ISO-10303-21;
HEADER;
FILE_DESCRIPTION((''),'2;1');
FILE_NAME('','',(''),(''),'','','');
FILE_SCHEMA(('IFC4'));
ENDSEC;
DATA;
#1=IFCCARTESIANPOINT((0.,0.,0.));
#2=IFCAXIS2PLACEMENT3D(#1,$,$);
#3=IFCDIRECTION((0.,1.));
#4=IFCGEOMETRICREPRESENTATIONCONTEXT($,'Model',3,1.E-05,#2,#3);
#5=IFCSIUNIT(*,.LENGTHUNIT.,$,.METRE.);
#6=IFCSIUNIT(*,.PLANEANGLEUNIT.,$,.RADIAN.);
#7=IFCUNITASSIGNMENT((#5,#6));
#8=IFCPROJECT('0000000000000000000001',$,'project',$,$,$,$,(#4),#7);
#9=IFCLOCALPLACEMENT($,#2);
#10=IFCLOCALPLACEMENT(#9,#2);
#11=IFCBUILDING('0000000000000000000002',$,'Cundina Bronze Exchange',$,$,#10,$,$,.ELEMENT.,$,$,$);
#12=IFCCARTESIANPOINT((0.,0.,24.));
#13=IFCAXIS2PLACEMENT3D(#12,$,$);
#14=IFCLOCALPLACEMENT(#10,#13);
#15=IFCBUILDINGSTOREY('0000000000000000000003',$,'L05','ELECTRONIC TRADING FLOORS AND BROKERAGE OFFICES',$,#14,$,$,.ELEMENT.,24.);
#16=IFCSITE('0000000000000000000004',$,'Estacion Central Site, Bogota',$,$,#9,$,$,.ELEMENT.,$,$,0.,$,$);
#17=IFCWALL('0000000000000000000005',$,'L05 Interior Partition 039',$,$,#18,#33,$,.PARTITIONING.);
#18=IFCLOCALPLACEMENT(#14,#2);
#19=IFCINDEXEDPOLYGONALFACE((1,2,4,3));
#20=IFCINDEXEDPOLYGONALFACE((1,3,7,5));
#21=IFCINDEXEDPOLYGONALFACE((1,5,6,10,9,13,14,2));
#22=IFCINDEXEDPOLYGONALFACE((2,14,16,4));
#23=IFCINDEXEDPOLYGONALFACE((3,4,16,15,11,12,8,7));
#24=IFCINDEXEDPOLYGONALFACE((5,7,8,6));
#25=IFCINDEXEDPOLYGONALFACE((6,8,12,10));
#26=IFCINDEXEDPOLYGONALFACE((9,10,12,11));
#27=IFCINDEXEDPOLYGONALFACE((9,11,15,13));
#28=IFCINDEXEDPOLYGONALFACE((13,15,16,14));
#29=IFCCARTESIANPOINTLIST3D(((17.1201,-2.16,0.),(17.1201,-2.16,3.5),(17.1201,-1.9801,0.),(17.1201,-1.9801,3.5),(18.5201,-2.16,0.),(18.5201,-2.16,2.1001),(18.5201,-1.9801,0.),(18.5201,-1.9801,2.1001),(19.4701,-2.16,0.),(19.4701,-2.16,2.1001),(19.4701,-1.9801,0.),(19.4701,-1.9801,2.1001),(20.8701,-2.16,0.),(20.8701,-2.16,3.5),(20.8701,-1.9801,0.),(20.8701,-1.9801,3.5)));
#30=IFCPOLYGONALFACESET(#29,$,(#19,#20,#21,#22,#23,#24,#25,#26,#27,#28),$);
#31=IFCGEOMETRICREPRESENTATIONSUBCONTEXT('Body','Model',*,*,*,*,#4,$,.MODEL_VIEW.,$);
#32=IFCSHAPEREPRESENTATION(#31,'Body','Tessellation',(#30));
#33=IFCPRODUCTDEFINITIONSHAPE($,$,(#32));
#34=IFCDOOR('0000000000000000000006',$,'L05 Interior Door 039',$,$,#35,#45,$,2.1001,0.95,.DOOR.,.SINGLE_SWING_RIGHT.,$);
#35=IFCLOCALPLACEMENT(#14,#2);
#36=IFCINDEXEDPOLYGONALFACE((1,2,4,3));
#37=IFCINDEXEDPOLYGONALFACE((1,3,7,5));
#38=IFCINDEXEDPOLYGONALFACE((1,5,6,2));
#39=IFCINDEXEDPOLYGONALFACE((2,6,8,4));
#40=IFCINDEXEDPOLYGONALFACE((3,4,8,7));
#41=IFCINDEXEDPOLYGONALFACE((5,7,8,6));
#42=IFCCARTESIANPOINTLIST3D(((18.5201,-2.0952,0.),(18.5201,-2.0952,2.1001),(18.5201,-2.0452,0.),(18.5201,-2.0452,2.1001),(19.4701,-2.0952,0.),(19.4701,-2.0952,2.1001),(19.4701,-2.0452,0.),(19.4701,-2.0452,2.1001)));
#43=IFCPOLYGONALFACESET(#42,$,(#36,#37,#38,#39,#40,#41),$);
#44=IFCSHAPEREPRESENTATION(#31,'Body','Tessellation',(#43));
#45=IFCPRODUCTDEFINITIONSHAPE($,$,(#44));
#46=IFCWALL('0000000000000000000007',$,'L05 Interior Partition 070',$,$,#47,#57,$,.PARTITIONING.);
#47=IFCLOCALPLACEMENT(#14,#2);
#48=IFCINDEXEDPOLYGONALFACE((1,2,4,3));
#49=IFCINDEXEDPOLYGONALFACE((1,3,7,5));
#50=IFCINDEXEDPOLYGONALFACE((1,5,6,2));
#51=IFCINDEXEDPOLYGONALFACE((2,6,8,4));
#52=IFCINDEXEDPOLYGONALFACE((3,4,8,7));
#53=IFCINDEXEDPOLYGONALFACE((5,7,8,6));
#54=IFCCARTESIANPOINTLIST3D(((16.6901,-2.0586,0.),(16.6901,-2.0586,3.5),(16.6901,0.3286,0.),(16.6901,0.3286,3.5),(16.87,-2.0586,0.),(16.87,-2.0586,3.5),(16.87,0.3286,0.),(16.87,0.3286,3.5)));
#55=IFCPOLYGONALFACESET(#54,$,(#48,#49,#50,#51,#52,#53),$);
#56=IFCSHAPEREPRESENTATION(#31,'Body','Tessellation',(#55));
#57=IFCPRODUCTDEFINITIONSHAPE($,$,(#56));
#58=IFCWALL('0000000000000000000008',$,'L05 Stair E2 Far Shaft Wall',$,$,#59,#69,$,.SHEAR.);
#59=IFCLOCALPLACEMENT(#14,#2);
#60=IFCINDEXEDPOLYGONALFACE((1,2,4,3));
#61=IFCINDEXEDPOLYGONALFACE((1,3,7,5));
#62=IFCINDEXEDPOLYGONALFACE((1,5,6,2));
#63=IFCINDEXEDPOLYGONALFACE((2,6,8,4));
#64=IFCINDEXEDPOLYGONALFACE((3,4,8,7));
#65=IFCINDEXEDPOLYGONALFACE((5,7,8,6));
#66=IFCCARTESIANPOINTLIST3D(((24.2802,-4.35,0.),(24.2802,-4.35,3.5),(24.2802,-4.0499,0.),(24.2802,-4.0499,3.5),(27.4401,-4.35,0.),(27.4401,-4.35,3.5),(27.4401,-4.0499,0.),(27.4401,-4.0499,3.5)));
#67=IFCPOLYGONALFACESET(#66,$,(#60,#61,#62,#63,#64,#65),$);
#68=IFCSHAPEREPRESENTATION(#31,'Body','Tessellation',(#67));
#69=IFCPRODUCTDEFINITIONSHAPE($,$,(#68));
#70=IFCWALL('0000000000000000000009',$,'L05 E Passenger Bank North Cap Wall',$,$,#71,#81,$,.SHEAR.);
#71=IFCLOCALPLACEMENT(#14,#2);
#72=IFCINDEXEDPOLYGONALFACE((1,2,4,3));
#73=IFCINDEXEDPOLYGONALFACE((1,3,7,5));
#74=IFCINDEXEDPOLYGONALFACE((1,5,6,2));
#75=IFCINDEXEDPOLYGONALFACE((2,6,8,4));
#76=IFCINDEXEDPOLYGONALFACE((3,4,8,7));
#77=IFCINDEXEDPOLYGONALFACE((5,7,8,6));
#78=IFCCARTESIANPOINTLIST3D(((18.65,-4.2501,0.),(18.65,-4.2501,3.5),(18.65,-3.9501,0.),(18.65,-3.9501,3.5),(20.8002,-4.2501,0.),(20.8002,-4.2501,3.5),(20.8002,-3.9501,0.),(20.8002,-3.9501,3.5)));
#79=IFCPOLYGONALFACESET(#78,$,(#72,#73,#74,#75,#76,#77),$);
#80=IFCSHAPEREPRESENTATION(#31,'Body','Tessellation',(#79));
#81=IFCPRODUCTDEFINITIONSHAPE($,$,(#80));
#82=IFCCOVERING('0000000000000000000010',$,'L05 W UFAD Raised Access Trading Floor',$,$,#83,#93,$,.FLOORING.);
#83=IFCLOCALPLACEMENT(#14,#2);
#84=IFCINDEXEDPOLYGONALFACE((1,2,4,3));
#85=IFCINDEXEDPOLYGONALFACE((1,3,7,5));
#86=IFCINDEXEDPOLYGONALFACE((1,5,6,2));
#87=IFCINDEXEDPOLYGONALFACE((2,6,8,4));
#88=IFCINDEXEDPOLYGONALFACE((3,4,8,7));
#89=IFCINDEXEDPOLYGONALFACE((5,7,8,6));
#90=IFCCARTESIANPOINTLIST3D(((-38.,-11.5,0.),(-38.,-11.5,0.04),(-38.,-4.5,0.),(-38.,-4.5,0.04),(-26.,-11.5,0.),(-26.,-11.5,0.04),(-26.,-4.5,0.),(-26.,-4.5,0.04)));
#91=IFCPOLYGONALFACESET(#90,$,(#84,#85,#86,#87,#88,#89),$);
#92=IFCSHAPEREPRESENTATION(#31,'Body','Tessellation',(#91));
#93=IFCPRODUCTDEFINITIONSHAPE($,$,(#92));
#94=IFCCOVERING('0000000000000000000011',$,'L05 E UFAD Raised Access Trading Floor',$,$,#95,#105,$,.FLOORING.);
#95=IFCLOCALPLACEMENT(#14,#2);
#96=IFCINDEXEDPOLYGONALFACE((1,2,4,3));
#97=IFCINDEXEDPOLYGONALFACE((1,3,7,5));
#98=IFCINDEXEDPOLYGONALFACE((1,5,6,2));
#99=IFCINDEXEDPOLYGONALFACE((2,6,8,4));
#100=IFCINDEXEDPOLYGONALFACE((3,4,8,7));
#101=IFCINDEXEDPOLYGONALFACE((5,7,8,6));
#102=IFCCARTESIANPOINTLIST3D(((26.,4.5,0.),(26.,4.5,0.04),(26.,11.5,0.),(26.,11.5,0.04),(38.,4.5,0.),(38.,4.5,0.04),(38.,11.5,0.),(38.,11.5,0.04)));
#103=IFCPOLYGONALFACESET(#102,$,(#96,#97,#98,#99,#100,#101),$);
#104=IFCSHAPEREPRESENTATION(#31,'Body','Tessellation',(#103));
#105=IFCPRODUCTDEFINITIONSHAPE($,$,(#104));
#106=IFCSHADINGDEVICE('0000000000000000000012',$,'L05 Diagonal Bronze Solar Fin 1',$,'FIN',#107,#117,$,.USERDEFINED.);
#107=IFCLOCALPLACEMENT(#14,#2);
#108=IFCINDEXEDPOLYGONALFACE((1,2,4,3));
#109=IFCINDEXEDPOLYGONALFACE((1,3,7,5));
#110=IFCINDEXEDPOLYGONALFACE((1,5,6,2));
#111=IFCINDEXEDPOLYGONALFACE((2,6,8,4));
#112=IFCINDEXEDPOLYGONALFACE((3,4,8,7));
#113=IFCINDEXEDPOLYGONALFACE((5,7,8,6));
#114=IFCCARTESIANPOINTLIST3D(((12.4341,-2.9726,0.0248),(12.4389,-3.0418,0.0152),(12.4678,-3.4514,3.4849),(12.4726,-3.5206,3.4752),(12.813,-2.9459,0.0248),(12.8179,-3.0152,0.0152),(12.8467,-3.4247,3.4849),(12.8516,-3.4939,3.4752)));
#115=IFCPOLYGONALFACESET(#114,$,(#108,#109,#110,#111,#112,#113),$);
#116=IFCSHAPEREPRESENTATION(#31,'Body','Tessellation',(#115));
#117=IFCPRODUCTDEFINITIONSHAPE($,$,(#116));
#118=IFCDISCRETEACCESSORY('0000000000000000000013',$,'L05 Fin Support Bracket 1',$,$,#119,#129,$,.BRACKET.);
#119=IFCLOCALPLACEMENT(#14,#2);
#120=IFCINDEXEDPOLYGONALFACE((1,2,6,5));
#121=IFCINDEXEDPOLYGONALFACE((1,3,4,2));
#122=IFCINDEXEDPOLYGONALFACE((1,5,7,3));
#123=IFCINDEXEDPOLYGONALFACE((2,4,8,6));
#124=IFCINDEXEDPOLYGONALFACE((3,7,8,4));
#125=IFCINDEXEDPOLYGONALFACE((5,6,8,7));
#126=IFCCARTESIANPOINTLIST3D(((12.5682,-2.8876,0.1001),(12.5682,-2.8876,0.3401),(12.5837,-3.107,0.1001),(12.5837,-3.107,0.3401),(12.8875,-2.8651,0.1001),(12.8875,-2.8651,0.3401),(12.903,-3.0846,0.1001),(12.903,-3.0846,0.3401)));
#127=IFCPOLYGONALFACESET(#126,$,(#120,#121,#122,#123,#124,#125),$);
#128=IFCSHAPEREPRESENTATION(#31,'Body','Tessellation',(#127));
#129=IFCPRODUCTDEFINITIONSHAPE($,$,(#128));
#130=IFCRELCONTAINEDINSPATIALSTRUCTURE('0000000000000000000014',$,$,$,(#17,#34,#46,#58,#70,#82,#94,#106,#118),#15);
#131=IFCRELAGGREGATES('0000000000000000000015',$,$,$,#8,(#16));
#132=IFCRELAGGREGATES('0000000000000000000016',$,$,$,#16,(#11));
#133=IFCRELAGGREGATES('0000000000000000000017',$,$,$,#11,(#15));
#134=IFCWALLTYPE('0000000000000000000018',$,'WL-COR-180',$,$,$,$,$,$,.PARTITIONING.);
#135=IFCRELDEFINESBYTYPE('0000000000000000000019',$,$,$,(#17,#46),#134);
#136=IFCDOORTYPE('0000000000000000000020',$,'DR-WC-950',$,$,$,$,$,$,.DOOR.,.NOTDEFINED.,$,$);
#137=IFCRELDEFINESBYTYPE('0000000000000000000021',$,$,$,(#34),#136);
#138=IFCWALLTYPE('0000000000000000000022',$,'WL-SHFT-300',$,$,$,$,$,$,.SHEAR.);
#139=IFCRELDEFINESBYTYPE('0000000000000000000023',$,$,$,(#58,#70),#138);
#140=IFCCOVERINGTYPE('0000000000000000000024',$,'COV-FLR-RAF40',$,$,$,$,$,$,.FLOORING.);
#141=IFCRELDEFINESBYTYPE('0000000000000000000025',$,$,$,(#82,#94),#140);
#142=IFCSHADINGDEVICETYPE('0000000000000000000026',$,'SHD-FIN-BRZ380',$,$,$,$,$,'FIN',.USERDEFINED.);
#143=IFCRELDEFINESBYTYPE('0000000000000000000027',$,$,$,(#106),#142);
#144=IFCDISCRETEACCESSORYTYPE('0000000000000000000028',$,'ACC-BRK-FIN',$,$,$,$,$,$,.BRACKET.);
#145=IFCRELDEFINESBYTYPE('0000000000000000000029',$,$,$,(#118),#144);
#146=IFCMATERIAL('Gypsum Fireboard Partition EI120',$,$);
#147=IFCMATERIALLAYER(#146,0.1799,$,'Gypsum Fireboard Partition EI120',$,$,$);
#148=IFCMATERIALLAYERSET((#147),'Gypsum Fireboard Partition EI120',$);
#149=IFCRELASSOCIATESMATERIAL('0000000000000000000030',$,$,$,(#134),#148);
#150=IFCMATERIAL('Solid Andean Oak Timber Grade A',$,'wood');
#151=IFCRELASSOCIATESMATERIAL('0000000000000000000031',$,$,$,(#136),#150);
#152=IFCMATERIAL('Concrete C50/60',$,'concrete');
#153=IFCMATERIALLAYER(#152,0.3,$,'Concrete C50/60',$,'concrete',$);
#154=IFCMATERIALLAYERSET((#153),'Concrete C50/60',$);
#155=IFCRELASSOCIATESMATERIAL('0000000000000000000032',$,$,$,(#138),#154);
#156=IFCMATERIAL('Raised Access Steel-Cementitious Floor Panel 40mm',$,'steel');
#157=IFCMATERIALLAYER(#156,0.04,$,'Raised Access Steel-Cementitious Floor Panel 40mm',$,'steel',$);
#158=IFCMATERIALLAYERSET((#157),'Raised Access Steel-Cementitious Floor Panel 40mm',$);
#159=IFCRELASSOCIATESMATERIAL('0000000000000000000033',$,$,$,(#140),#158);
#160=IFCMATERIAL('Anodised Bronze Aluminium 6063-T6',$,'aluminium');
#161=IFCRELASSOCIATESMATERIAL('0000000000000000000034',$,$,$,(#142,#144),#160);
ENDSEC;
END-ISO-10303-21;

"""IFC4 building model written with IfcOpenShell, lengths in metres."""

from ifc_helpers import new_model, si_unit, direction, frame, frame_2d, origin, origin_2d, place, context, subcontext, project, spatial, polyline, rectangle, outline, extrude, material, layer, layer_set, material_profile, profile_set, type_object, element, fill, save


model = new_model("IFC4")

# Units and contexts
model_context = context("Model", 3, precision=1e-05, world=origin(), true_north=direction((0.0, 1.0)))
body_context = subcontext(model_context, "Body", "Model", "MODEL_VIEW")
ifc_project = project(units=[si_unit("LENGTHUNIT", "METRE"), si_unit("PLANEANGLEUNIT", "RADIAN")], contexts=[model_context])

# Site, building, storey
site_placement = place(None, origin())
site = spatial("IfcSite", under=ifc_project, at=site_placement, Name="Estacion Central Site, Bogota", CompositionType="ELEMENT", RefElevation=0.0)
building_placement = place(site_placement, origin())
building = spatial("IfcBuilding", under=site, at=building_placement, Name="Cundina Bronze Exchange", CompositionType="ELEMENT")
storey_placement = place(building_placement, frame((0.0, 0.0, 24.0)))
storey = spatial("IfcBuildingStorey", under=building, at=storey_placement, Name="L05", Description="ELECTRONIC TRADING FLOORS AND BROKERAGE OFFICES", CompositionType="ELEMENT", Elevation=24.0)

# Shared definitions
ifc_material_1 = material(Name="Anodised Bronze Aluminium 6063-T6", Category="aluminium")

# Shared definitions
ifc_material_2 = material(Name="Gypsum Fireboard Partition EI120")
ifc_layer_1 = layer(ifc_material_2, 0.1799, Name="Gypsum Fireboard Partition EI120")
ifc_layer_set_1 = layer_set([ifc_layer_1], Name="Gypsum Fireboard Partition EI120")
wall_type_1 = type_object("IfcWallType", Name="WL-COR-180", PredefinedType="PARTITIONING", material=ifc_layer_set_1)

# Wall, opening, door
wall_1_placement = place(storey_placement, frame((17.1201, -2.0701, 0.0), z_axis=(0.0, 0.0, 1.0), x_axis=(1.0, 0.0, 0.0)))
wall_1 = element("IfcWall", 1, at=wall_1_placement, inside=storey, type_object=wall_type_1, Name="L05 Interior Partition 039", PredefinedType="PARTITIONING", context=body_context, shape_type="SweptSolid", body=[
    extrude(rectangle(XDim=3.75, YDim=0.1799, at=frame_2d((1.875, 0.0))), origin(), (0.0, 0.0, 1.0), 3.5),
])
opening_1_placement = place(wall_1_placement, frame((1.3999, 0.0, 0.0)))
opening_1 = element("IfcOpeningElement", 2, at=opening_1_placement, cuts=wall_1, PredefinedType="OPENING", context=body_context, shape_type="SweptSolid", body=[
    extrude(rectangle(XDim=0.95, YDim=2.1001, at=frame_2d((0.4751, 1.05))), frame((0.0, 0.0999, 0.0), z_axis=(0.0, -1.0, 0.0), x_axis=(1.0, 0.0, 0.0)), (0.0, 0.0, 1.0), 0.2),
])
ifc_material_3 = material(Name="Solid Andean Oak Timber Grade A", Category="wood")
door_type_1 = type_object("IfcDoorType", Name="DR-WC-950", OperationType="NOTDEFINED", PredefinedType="DOOR", material=ifc_material_3)
door_1_placement = place(opening_1_placement, origin())
door_1 = element("IfcDoor", 3, at=door_1_placement, inside=storey, type_object=door_type_1, Name="L05 Interior Door 039", OperationType="SINGLE_SWING_RIGHT", OverallHeight=2.1001, OverallWidth=0.95, PredefinedType="DOOR", context=body_context, shape_type="SweptSolid", body=[
    extrude(rectangle(XDim=0.95, YDim=2.1001, at=frame_2d((0.4751, 1.05))), frame((0.0, 0.0249, 0.0), z_axis=(0.0, -1.0, 0.0), x_axis=(1.0, 0.0, 0.0)), (0.0, 0.0, 1.0), 0.05),
])
fill(opening_1, door_1)

# Wall
wall_2_placement = place(storey_placement, frame((16.78, 0.3286, 0.0), z_axis=(0.0, 0.0, 1.0), x_axis=(0.0, -1.0, 0.0)))
element("IfcWall", 4, at=wall_2_placement, inside=storey, type_object=wall_type_1, Name="L05 Interior Partition 070", PredefinedType="PARTITIONING", context=body_context, shape_type="SweptSolid", body=[
    extrude(rectangle(XDim=2.3872, YDim=0.1799, at=frame_2d((1.1936, 0.0))), origin(), (0.0, 0.0, 1.0), 3.5),
])

# Shared definitions
ifc_material_4 = material(Name="Concrete C50/60", Category="concrete")
ifc_layer_2 = layer(ifc_material_4, 0.3, Name="Concrete C50/60", Category="concrete")
ifc_layer_set_2 = layer_set([ifc_layer_2], Name="Concrete C50/60")
wall_type_2 = type_object("IfcWallType", Name="WL-SHFT-300", PredefinedType="SHEAR", material=ifc_layer_set_2)

# Walls
wall_3_placement = place(storey_placement, frame((24.28, -4.2, 0.0), z_axis=(0.0, 0.0, 1.0), x_axis=(1.0, 0.0, 0.0)))
element("IfcWall", 5, at=wall_3_placement, inside=storey, type_object=wall_type_2, Name="L05 Stair E2 Far Shaft Wall", PredefinedType="SHEAR", context=body_context, shape_type="SweptSolid", body=[
    extrude(rectangle(XDim=3.1599, YDim=0.3, at=frame_2d((1.5801, 0.0))), origin(), (0.0, 0.0, 1.0), 3.5),
])
wall_4_placement = place(storey_placement, frame((18.6499, -4.1001, 0.0), z_axis=(0.0, 0.0, 1.0), x_axis=(1.0, 0.0, 0.0)))
element("IfcWall", 6, at=wall_4_placement, inside=storey, type_object=wall_type_2, Name="L05 E Passenger Bank North Cap Wall", PredefinedType="SHEAR", context=body_context, shape_type="SweptSolid", body=[
    extrude(rectangle(XDim=2.1501, YDim=0.3, at=frame_2d((1.0752, 0.0))), origin(), (0.0, 0.0, 1.0), 3.5),
])

# Coverings
ifc_material_5 = material(Name="Raised Access Steel-Cementitious Floor Panel 40mm", Category="steel")
ifc_layer_3 = layer(ifc_material_5, 0.04, Name="Raised Access Steel-Cementitious Floor Panel 40mm", Category="steel")
ifc_layer_set_3 = layer_set([ifc_layer_3], Name="Raised Access Steel-Cementitious Floor Panel 40mm")
covering_type = type_object("IfcCoveringType", Name="COV-FLR-RAF40", PredefinedType="FLOORING", material=ifc_layer_set_3)
covering_1_placement = place(storey_placement, origin())
element("IfcCovering", 7, at=covering_1_placement, inside=storey, type_object=covering_type, Name="L05 W UFAD Raised Access Trading Floor", PredefinedType="FLOORING", context=body_context, shape_type="SweptSolid", body=[
    extrude(outline(polyline([(-38.0, -11.5), (-26.0, -11.5), (-26.0, -4.5), (-38.0, -4.5), (-38.0, -11.5)])), origin(), (0.0, 0.0, 1.0), 0.04),
])
covering_2_placement = place(storey_placement, origin())
element("IfcCovering", 8, at=covering_2_placement, inside=storey, type_object=covering_type, Name="L05 E UFAD Raised Access Trading Floor", PredefinedType="FLOORING", context=body_context, shape_type="SweptSolid", body=[
    extrude(outline(polyline([(26.0, 4.5), (38.0, 4.5), (38.0, 11.5), (26.0, 11.5), (26.0, 4.5)])), origin(), (0.0, 0.0, 1.0), 0.04),
])

# Shading device
ifc_material_profile_1 = material_profile(ifc_material_1, rectangle(XDim=0.0701, YDim=0.3799, at=origin_2d()), Name="FIN70X380", Category="aluminium")
ifc_profile_set_1 = profile_set([ifc_material_profile_1], Name="Anodised Bronze Aluminium 6063-T6")
shading_device_type = type_object("IfcShadingDeviceType", Name="SHD-FIN-BRZ380", ElementType="FIN", PredefinedType="USERDEFINED", material=ifc_profile_set_1)
shading_device_placement = place(storey_placement, frame((12.626, -2.9939, 0.02), z_axis=(0.009645, -0.137059, 0.990516), x_axis=(-0.069533, 0.988072, 0.137398)))
element("IfcShadingDevice", 9, at=shading_device_placement, inside=storey, type_object=shading_device_type, Name="L05 Diagonal Bronze Solar Fin 1", ObjectType="FIN", PredefinedType="USERDEFINED", context=body_context, shape_type="SweptSolid", body=[
    extrude(rectangle(XDim=0.0701, YDim=0.3799, at=origin_2d()), origin(), (0.0, 0.0, 1.0), 3.4932),
])

# Discrete accessory
discrete_accessory_type = type_object("IfcDiscreteAccessoryType", Name="ACC-BRK-FIN", PredefinedType="BRACKET", material=ifc_material_1)
discrete_accessory_placement = place(storey_placement, frame((12.7356, -2.9861, 0.1001), z_axis=(0.0, 0.0, 1.0), x_axis=(0.070279, -0.997527, 0.0)))
element("IfcDiscreteAccessory", 10, at=discrete_accessory_placement, inside=storey, type_object=discrete_accessory_type, Name="L05 Fin Support Bracket 1", PredefinedType="BRACKET", context=body_context, shape_type="SweptSolid", body=[
    extrude(rectangle(XDim=0.22, YDim=0.3201, at=origin_2d()), origin(), (0.0, 0.0, 1.0), 0.24),
])

save(model, "model.ifc")
